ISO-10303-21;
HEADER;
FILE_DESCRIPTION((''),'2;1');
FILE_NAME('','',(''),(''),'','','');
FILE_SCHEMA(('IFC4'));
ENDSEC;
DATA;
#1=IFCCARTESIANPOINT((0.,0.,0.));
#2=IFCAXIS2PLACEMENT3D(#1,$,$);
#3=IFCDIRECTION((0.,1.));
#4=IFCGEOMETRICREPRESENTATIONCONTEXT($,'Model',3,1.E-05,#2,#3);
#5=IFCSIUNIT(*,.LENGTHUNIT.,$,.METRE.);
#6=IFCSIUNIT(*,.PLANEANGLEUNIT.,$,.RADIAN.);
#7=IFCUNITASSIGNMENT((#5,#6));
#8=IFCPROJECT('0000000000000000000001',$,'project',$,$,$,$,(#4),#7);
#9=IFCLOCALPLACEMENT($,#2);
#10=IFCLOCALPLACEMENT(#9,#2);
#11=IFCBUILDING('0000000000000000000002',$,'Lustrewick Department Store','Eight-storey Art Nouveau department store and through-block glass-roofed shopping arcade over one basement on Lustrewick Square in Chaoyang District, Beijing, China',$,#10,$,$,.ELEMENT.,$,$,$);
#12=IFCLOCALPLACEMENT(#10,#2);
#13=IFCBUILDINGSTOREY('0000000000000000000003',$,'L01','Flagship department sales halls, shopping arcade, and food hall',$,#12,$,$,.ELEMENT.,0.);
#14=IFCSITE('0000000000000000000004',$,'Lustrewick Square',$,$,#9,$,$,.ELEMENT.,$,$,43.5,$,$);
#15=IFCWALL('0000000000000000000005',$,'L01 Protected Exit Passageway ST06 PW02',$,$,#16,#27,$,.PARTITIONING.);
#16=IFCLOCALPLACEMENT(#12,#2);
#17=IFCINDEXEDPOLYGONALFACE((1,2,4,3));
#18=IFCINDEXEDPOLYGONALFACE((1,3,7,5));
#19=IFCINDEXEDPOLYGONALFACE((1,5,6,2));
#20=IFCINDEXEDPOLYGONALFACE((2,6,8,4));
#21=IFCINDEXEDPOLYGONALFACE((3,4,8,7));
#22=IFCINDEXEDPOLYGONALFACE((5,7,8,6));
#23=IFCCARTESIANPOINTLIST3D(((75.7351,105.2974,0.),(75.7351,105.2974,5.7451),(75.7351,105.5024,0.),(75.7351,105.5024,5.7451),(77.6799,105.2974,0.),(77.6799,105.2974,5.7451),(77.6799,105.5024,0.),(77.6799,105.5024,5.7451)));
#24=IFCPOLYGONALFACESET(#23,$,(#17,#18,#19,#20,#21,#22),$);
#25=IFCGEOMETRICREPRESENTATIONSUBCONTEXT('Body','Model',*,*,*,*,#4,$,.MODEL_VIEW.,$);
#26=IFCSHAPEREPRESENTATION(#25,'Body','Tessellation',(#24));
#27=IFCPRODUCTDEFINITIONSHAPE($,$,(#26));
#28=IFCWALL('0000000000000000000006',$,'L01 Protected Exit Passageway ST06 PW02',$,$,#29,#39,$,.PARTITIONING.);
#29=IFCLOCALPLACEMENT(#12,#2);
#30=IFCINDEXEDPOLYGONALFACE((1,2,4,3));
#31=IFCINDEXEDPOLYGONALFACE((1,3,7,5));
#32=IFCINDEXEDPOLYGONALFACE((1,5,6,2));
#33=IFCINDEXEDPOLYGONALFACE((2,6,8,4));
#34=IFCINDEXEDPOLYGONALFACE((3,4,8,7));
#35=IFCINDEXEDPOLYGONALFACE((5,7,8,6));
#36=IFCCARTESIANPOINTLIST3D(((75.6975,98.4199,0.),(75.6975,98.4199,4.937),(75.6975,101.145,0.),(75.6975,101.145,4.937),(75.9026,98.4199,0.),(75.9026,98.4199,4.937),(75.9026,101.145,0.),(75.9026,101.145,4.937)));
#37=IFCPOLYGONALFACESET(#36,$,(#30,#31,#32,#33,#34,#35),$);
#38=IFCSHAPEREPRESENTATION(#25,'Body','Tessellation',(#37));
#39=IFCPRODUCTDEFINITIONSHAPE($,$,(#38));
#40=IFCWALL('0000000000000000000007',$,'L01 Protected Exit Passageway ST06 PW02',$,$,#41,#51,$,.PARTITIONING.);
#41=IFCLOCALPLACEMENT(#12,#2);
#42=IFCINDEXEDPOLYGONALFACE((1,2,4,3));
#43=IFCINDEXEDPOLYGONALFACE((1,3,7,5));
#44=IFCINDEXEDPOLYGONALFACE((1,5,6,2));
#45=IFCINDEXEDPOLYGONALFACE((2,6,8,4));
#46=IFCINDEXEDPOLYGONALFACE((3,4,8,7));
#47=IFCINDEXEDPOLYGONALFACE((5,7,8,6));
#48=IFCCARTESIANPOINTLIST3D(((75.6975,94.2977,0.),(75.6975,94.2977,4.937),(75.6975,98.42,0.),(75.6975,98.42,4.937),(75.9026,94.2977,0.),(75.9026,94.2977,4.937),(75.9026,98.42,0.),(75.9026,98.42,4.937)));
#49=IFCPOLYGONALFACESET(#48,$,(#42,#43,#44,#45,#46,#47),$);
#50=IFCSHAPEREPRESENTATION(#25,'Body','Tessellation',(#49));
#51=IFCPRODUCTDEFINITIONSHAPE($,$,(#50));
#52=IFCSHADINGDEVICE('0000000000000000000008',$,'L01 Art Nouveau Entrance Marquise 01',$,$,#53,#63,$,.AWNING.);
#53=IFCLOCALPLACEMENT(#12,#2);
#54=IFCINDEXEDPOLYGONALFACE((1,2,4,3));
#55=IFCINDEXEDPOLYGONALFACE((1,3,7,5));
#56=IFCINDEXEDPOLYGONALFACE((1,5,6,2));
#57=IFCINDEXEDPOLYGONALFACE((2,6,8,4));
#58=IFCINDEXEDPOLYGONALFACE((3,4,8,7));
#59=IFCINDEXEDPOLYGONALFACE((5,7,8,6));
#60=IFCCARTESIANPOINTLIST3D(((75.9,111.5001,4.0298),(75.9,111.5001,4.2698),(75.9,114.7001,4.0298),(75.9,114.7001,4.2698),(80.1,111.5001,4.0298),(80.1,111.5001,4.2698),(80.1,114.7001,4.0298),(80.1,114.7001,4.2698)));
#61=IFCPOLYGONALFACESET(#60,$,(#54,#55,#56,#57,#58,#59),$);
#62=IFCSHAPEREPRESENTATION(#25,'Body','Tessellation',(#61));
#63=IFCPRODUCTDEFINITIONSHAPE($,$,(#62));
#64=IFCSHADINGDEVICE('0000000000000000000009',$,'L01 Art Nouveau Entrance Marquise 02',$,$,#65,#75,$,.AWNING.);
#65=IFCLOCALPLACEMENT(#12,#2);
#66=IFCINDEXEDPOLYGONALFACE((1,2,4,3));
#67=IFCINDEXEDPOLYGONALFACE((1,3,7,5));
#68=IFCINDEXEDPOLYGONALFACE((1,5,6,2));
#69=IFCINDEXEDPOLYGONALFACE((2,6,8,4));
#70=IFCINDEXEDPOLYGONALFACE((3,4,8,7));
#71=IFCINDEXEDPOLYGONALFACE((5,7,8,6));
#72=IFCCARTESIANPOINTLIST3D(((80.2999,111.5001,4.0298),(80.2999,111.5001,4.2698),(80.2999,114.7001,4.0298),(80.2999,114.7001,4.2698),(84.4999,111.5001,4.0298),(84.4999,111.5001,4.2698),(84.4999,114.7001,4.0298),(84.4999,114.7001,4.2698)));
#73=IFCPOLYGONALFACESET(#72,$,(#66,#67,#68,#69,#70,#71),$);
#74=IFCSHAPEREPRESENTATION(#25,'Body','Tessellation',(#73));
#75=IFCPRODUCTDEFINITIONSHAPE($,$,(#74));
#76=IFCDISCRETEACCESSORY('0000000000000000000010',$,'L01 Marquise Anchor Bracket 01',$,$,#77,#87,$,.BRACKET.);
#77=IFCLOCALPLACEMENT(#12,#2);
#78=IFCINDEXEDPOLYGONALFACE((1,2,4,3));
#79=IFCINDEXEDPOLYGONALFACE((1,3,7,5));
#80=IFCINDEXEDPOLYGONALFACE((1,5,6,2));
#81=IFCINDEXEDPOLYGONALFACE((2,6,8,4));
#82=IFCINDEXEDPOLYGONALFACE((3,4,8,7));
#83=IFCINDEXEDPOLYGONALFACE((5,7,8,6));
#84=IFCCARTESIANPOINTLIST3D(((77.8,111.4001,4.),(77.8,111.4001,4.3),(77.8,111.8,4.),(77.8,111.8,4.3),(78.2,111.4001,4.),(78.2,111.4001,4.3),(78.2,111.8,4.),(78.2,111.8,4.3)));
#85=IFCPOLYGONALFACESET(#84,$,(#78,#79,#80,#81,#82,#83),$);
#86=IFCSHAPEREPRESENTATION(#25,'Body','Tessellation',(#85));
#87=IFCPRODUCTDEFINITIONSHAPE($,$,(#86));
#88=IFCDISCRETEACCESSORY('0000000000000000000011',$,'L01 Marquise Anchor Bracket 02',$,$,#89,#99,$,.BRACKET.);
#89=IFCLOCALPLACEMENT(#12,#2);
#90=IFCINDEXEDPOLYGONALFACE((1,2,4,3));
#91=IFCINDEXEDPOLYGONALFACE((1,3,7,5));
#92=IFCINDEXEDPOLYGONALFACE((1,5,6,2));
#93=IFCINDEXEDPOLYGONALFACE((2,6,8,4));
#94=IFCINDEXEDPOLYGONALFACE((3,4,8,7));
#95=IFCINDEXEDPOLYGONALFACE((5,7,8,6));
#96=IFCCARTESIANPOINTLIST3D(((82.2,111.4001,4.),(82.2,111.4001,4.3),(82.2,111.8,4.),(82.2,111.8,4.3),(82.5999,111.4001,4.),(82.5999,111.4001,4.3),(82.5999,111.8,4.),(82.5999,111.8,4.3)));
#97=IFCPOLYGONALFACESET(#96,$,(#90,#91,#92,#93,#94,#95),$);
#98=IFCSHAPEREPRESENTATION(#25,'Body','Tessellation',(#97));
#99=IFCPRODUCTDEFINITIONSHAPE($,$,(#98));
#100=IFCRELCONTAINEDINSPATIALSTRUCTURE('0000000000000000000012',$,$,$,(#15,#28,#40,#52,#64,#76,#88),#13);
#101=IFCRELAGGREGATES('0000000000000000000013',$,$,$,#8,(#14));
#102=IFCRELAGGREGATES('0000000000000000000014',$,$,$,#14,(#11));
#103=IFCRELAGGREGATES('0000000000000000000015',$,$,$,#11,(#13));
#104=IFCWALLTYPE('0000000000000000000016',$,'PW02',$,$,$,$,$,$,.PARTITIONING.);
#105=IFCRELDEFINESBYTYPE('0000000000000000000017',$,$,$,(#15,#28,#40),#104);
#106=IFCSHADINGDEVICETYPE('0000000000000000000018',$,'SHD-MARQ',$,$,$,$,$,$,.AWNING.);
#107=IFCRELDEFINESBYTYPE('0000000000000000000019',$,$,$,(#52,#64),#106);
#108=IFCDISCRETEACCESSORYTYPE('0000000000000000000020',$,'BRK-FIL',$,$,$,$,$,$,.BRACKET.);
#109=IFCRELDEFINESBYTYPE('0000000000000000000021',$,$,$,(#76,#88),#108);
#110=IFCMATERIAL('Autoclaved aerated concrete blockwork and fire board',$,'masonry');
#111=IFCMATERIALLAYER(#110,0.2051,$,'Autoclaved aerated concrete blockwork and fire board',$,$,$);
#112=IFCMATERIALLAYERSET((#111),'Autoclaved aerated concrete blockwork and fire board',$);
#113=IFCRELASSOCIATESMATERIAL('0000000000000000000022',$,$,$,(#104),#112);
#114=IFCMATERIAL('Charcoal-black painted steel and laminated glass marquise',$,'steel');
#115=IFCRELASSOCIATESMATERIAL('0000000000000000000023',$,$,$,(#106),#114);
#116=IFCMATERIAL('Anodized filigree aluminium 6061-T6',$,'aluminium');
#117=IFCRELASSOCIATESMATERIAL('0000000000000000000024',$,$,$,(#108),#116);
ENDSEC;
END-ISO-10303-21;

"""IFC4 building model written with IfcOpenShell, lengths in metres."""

from ifc_helpers import new_model, si_unit, direction, frame, frame_2d, origin, origin_2d, place, context, subcontext, project, spatial, rectangle, extrude, material, layer, layer_set, type_object, element, save


model = new_model("IFC4")

# Units and contexts
model_context = context("Model", 3, precision=1e-05, world=origin(), true_north=direction((0.0, 1.0)))
body_context = subcontext(model_context, "Body", "Model", "MODEL_VIEW")
ifc_project = project(units=[si_unit("LENGTHUNIT", "METRE"), si_unit("PLANEANGLEUNIT", "RADIAN")], contexts=[model_context])

# Site, building, storey
site_placement = place(None, origin())
site = spatial("IfcSite", under=ifc_project, at=site_placement, Name="Lustrewick Square", CompositionType="ELEMENT", RefElevation=43.5)
building_placement = place(site_placement, origin())
building = spatial("IfcBuilding", under=site, at=building_placement, Name="Lustrewick Department Store", Description="Eight-storey Art Nouveau department store and through-block glass-roofed shopping arcade over one basement on Lustrewick Square in Chaoyang District, Beijing, China", CompositionType="ELEMENT")
storey_placement = place(building_placement, origin())
storey = spatial("IfcBuildingStorey", under=building, at=storey_placement, Name="L01", Description="Flagship department sales halls, shopping arcade, and food hall", CompositionType="ELEMENT", Elevation=0.0)

# Walls
ifc_material_1 = material(Name="Autoclaved aerated concrete blockwork and fire board", Category="masonry")
ifc_layer_1 = layer(ifc_material_1, 0.2051, Name="Autoclaved aerated concrete blockwork and fire board")
ifc_layer_set_1 = layer_set([ifc_layer_1], Name="Autoclaved aerated concrete blockwork and fire board")
wall_type_1 = type_object("IfcWallType", Name="PW02", PredefinedType="PARTITIONING", material=ifc_layer_set_1)
wall_1_placement = place(storey_placement, frame((77.6799, 105.3999, 0.0), z_axis=(0.0, 0.0, 1.0), x_axis=(-1.0, 0.0, 0.0)))
element("IfcWall", 1, at=wall_1_placement, inside=storey, type_object=wall_type_1, Name="L01 Protected Exit Passageway ST06 PW02", PredefinedType="PARTITIONING", context=body_context, shape_type="SweptSolid", body=[
    extrude(rectangle(XDim=1.9448, YDim=0.2051, at=frame_2d((0.9724, 0.0))), origin(), (0.0, 0.0, 1.0), 5.7451),
])
wall_2_placement = place(storey_placement, frame((75.8, 101.145, 0.0), z_axis=(0.0, 0.0, 1.0), x_axis=(0.0, -1.0, 0.0)))
element("IfcWall", 2, at=wall_2_placement, inside=storey, type_object=wall_type_1, Name="L01 Protected Exit Passageway ST06 PW02", PredefinedType="PARTITIONING", context=body_context, shape_type="SweptSolid", body=[
    extrude(rectangle(XDim=2.7251, YDim=0.2051, at=frame_2d((1.3625, 0.0))), origin(), (0.0, 0.0, 1.0), 4.937),
])
wall_3_placement = place(storey_placement, frame((75.8, 98.4199, 0.0), z_axis=(0.0, 0.0, 1.0), x_axis=(0.0, -1.0, 0.0)))
element("IfcWall", 3, at=wall_3_placement, inside=storey, type_object=wall_type_1, Name="L01 Protected Exit Passageway ST06 PW02", PredefinedType="PARTITIONING", context=body_context, shape_type="SweptSolid", body=[
    extrude(rectangle(XDim=4.1223, YDim=0.2051, at=frame_2d((2.061, 0.0))), origin(), (0.0, 0.0, 1.0), 4.937),
])

# Shading devices
ifc_material_2 = material(Name="Charcoal-black painted steel and laminated glass marquise", Category="steel")
shading_device_type = type_object("IfcShadingDeviceType", Name="SHD-MARQ", PredefinedType="AWNING", material=ifc_material_2)
for number, where, z_axis, x_axis, name in (
    (4, (78.0, 113.1001, 4.0298), (0.0, 0.0, 1.0), (1.0, 0.0, 0.0), "L01 Art Nouveau Entrance Marquise 01"),
    (5, (82.3999, 113.1001, 4.0298), (0.0, 0.0, 1.0), (1.0, 0.0, 0.0), "L01 Art Nouveau Entrance Marquise 02"),
):
    element("IfcShadingDevice", number, at=place(storey_placement, frame(where, z_axis=z_axis, x_axis=x_axis)), inside=storey, type_object=shading_device_type, Name=name, PredefinedType="AWNING", context=body_context, shape_type="SweptSolid", body=[
        extrude(rectangle(XDim=4.2, YDim=3.2, at=origin_2d()), origin(), (0.0, 0.0, 1.0), 0.24),
    ])

# Discrete accessories
ifc_material_3 = material(Name="Anodized filigree aluminium 6061-T6", Category="aluminium")
discrete_accessory_type = type_object("IfcDiscreteAccessoryType", Name="BRK-FIL", PredefinedType="BRACKET", material=ifc_material_3)
for number, where, z_axis, x_axis, name in (
    (6, (78.0, 111.6001, 4.0), (0.0, 0.0, 1.0), (1.0, 0.0, 0.0), "L01 Marquise Anchor Bracket 01"),
    (7, (82.3999, 111.6001, 4.0), (0.0, 0.0, 1.0), (1.0, 0.0, 0.0), "L01 Marquise Anchor Bracket 02"),
):
    element("IfcDiscreteAccessory", number, at=place(storey_placement, frame(where, z_axis=z_axis, x_axis=x_axis)), inside=storey, type_object=discrete_accessory_type, Name=name, PredefinedType="BRACKET", context=body_context, shape_type="SweptSolid", body=[
        extrude(rectangle(XDim=0.3999, YDim=0.3999, at=origin_2d()), origin(), (0.0, 0.0, 1.0), 0.3),
    ])

save(model, "model.ifc")
